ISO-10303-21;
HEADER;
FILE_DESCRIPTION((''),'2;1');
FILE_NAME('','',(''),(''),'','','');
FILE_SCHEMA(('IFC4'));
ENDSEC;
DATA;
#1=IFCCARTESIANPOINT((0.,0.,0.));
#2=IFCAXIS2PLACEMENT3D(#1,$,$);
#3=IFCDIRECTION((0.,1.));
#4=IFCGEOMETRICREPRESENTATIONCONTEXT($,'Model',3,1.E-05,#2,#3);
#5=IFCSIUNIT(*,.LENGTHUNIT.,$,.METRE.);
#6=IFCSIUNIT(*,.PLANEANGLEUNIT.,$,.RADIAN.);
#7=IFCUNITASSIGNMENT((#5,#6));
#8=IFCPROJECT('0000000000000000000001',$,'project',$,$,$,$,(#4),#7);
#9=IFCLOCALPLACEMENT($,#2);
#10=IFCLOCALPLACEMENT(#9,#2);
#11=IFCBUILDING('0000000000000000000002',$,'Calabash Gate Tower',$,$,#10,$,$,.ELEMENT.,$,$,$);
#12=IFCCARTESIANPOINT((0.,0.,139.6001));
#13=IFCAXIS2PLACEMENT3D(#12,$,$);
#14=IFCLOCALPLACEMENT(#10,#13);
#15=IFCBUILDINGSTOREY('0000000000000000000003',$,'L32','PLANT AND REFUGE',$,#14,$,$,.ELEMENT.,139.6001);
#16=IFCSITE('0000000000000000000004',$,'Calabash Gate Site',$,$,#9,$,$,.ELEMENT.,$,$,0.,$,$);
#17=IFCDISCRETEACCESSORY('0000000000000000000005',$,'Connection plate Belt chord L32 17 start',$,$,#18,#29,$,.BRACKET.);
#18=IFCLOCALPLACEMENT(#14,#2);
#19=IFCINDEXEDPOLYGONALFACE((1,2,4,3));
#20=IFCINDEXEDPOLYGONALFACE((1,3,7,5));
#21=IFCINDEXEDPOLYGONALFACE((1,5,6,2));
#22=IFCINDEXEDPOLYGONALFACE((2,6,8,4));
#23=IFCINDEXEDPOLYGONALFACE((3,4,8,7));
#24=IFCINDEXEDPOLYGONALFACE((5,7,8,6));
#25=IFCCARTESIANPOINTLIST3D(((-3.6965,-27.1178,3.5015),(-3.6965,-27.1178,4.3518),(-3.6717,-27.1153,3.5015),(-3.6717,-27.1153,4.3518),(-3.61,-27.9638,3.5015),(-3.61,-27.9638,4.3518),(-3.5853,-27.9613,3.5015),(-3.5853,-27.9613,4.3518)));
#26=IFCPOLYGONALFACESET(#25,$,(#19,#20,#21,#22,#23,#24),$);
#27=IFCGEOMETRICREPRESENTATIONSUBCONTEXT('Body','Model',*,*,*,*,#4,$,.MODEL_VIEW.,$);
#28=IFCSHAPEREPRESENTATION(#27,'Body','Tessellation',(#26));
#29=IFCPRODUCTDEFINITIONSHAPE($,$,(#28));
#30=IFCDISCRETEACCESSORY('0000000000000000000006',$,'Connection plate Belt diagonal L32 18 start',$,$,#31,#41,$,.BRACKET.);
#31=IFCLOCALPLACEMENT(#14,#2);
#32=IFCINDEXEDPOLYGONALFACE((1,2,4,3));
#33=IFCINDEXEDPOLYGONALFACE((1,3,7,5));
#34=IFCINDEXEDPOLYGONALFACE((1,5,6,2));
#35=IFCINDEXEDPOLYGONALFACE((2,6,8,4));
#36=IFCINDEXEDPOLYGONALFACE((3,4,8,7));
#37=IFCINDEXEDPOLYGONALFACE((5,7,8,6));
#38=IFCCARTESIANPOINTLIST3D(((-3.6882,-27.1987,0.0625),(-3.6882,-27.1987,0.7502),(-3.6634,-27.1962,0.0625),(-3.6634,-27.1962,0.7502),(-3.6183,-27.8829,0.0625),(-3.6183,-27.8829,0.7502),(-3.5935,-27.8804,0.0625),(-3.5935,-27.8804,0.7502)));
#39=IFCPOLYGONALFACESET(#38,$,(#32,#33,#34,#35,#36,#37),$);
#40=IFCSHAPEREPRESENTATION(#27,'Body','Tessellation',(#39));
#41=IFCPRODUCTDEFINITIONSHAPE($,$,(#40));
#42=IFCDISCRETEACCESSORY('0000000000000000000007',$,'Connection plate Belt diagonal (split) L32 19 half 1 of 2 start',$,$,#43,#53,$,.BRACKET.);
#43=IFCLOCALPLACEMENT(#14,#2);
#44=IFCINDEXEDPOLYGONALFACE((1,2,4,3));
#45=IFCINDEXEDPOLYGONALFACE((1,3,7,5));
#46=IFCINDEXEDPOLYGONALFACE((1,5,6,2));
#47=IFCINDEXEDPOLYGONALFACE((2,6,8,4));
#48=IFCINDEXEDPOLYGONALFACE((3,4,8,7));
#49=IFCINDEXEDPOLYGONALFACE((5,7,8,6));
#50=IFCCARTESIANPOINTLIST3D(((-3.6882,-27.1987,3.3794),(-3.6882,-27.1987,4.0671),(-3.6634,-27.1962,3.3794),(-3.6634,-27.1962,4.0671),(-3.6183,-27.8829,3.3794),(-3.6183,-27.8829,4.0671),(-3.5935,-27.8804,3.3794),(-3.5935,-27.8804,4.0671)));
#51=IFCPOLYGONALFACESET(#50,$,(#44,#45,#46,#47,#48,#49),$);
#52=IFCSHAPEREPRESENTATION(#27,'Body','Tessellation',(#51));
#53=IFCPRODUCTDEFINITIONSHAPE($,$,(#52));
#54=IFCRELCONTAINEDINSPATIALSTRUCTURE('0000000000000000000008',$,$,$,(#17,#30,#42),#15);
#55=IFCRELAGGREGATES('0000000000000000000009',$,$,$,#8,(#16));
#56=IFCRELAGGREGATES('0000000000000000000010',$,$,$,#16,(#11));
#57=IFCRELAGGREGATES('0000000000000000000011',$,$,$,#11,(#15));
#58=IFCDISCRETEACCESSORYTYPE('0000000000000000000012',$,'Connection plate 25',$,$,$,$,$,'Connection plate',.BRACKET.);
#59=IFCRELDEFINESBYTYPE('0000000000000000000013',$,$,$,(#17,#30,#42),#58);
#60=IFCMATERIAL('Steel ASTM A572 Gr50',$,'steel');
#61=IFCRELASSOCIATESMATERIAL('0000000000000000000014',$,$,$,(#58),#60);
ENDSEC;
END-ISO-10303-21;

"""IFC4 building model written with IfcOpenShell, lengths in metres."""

from ifc_helpers import new_model, si_unit, direction, frame, origin, origin_2d, place, context, subcontext, project, spatial, rectangle, extrude, material, type_object, element, save


model = new_model("IFC4")

# Units and contexts
model_context = context("Model", 3, precision=1e-05, world=origin(), true_north=direction((0.0, 1.0)))
body_context = subcontext(model_context, "Body", "Model", "MODEL_VIEW")
ifc_project = project(units=[si_unit("LENGTHUNIT", "METRE"), si_unit("PLANEANGLEUNIT", "RADIAN")], contexts=[model_context])

# Site, building, storey
site_placement = place(None, origin())
site = spatial("IfcSite", under=ifc_project, at=site_placement, Name="Calabash Gate Site", CompositionType="ELEMENT", RefElevation=0.0)
building_placement = place(site_placement, origin())
building = spatial("IfcBuilding", under=site, at=building_placement, Name="Calabash Gate Tower", CompositionType="ELEMENT")
storey_placement = place(building_placement, frame((0.0, 0.0, 139.6001)))
storey = spatial("IfcBuildingStorey", under=building, at=storey_placement, Name="L32", Description="PLANT AND REFUGE", CompositionType="ELEMENT", Elevation=139.6001)

# Discrete accessories
ifc_material_1 = material(Name="Steel ASTM A572 Gr50", Category="steel")
discrete_accessory_type = type_object("IfcDiscreteAccessoryType", Name="Connection plate 25", ElementType="Connection plate", PredefinedType="BRACKET", material=ifc_material_1)
for number, where, z_axis, x_axis, name in (
    (1, (-3.6409, -27.5396, 3.5015), (0.0, 0.0, 1.0), (0.101682, -0.994817, 0.0), "Connection plate Belt chord L32 17 start"),
):
    element("IfcDiscreteAccessory", number, at=place(storey_placement, frame(where, z_axis=z_axis, x_axis=x_axis)), inside=storey, type_object=discrete_accessory_type, Name=name, PredefinedType="BRACKET", context=body_context, shape_type="SweptSolid", body=[
        extrude(rectangle(XDim=0.8503, YDim=0.0249, at=origin_2d()), origin(), (0.0, 0.0, 1.0), 0.8503),
    ])
for number, where, z_axis, x_axis, name in (
    (2, (-3.6409, -27.5396, 0.0625), (0.0, 0.0, 1.0), (0.101682, -0.994817, 0.0), "Connection plate Belt diagonal L32 18 start"),
    (3, (-3.6409, -27.5396, 3.3794), (0.0, 0.0, 1.0), (0.101682, -0.994817, 0.0), "Connection plate Belt diagonal (split) L32 19 half 1 of 2 start"),
):
    element("IfcDiscreteAccessory", number, at=place(storey_placement, frame(where, z_axis=z_axis, x_axis=x_axis)), inside=storey, type_object=discrete_accessory_type, Name=name, PredefinedType="BRACKET", context=body_context, shape_type="SweptSolid", body=[
        extrude(rectangle(XDim=0.6877, YDim=0.0249, at=origin_2d()), origin(), (0.0, 0.0, 1.0), 0.6877),
    ])

save(model, "model.ifc")
